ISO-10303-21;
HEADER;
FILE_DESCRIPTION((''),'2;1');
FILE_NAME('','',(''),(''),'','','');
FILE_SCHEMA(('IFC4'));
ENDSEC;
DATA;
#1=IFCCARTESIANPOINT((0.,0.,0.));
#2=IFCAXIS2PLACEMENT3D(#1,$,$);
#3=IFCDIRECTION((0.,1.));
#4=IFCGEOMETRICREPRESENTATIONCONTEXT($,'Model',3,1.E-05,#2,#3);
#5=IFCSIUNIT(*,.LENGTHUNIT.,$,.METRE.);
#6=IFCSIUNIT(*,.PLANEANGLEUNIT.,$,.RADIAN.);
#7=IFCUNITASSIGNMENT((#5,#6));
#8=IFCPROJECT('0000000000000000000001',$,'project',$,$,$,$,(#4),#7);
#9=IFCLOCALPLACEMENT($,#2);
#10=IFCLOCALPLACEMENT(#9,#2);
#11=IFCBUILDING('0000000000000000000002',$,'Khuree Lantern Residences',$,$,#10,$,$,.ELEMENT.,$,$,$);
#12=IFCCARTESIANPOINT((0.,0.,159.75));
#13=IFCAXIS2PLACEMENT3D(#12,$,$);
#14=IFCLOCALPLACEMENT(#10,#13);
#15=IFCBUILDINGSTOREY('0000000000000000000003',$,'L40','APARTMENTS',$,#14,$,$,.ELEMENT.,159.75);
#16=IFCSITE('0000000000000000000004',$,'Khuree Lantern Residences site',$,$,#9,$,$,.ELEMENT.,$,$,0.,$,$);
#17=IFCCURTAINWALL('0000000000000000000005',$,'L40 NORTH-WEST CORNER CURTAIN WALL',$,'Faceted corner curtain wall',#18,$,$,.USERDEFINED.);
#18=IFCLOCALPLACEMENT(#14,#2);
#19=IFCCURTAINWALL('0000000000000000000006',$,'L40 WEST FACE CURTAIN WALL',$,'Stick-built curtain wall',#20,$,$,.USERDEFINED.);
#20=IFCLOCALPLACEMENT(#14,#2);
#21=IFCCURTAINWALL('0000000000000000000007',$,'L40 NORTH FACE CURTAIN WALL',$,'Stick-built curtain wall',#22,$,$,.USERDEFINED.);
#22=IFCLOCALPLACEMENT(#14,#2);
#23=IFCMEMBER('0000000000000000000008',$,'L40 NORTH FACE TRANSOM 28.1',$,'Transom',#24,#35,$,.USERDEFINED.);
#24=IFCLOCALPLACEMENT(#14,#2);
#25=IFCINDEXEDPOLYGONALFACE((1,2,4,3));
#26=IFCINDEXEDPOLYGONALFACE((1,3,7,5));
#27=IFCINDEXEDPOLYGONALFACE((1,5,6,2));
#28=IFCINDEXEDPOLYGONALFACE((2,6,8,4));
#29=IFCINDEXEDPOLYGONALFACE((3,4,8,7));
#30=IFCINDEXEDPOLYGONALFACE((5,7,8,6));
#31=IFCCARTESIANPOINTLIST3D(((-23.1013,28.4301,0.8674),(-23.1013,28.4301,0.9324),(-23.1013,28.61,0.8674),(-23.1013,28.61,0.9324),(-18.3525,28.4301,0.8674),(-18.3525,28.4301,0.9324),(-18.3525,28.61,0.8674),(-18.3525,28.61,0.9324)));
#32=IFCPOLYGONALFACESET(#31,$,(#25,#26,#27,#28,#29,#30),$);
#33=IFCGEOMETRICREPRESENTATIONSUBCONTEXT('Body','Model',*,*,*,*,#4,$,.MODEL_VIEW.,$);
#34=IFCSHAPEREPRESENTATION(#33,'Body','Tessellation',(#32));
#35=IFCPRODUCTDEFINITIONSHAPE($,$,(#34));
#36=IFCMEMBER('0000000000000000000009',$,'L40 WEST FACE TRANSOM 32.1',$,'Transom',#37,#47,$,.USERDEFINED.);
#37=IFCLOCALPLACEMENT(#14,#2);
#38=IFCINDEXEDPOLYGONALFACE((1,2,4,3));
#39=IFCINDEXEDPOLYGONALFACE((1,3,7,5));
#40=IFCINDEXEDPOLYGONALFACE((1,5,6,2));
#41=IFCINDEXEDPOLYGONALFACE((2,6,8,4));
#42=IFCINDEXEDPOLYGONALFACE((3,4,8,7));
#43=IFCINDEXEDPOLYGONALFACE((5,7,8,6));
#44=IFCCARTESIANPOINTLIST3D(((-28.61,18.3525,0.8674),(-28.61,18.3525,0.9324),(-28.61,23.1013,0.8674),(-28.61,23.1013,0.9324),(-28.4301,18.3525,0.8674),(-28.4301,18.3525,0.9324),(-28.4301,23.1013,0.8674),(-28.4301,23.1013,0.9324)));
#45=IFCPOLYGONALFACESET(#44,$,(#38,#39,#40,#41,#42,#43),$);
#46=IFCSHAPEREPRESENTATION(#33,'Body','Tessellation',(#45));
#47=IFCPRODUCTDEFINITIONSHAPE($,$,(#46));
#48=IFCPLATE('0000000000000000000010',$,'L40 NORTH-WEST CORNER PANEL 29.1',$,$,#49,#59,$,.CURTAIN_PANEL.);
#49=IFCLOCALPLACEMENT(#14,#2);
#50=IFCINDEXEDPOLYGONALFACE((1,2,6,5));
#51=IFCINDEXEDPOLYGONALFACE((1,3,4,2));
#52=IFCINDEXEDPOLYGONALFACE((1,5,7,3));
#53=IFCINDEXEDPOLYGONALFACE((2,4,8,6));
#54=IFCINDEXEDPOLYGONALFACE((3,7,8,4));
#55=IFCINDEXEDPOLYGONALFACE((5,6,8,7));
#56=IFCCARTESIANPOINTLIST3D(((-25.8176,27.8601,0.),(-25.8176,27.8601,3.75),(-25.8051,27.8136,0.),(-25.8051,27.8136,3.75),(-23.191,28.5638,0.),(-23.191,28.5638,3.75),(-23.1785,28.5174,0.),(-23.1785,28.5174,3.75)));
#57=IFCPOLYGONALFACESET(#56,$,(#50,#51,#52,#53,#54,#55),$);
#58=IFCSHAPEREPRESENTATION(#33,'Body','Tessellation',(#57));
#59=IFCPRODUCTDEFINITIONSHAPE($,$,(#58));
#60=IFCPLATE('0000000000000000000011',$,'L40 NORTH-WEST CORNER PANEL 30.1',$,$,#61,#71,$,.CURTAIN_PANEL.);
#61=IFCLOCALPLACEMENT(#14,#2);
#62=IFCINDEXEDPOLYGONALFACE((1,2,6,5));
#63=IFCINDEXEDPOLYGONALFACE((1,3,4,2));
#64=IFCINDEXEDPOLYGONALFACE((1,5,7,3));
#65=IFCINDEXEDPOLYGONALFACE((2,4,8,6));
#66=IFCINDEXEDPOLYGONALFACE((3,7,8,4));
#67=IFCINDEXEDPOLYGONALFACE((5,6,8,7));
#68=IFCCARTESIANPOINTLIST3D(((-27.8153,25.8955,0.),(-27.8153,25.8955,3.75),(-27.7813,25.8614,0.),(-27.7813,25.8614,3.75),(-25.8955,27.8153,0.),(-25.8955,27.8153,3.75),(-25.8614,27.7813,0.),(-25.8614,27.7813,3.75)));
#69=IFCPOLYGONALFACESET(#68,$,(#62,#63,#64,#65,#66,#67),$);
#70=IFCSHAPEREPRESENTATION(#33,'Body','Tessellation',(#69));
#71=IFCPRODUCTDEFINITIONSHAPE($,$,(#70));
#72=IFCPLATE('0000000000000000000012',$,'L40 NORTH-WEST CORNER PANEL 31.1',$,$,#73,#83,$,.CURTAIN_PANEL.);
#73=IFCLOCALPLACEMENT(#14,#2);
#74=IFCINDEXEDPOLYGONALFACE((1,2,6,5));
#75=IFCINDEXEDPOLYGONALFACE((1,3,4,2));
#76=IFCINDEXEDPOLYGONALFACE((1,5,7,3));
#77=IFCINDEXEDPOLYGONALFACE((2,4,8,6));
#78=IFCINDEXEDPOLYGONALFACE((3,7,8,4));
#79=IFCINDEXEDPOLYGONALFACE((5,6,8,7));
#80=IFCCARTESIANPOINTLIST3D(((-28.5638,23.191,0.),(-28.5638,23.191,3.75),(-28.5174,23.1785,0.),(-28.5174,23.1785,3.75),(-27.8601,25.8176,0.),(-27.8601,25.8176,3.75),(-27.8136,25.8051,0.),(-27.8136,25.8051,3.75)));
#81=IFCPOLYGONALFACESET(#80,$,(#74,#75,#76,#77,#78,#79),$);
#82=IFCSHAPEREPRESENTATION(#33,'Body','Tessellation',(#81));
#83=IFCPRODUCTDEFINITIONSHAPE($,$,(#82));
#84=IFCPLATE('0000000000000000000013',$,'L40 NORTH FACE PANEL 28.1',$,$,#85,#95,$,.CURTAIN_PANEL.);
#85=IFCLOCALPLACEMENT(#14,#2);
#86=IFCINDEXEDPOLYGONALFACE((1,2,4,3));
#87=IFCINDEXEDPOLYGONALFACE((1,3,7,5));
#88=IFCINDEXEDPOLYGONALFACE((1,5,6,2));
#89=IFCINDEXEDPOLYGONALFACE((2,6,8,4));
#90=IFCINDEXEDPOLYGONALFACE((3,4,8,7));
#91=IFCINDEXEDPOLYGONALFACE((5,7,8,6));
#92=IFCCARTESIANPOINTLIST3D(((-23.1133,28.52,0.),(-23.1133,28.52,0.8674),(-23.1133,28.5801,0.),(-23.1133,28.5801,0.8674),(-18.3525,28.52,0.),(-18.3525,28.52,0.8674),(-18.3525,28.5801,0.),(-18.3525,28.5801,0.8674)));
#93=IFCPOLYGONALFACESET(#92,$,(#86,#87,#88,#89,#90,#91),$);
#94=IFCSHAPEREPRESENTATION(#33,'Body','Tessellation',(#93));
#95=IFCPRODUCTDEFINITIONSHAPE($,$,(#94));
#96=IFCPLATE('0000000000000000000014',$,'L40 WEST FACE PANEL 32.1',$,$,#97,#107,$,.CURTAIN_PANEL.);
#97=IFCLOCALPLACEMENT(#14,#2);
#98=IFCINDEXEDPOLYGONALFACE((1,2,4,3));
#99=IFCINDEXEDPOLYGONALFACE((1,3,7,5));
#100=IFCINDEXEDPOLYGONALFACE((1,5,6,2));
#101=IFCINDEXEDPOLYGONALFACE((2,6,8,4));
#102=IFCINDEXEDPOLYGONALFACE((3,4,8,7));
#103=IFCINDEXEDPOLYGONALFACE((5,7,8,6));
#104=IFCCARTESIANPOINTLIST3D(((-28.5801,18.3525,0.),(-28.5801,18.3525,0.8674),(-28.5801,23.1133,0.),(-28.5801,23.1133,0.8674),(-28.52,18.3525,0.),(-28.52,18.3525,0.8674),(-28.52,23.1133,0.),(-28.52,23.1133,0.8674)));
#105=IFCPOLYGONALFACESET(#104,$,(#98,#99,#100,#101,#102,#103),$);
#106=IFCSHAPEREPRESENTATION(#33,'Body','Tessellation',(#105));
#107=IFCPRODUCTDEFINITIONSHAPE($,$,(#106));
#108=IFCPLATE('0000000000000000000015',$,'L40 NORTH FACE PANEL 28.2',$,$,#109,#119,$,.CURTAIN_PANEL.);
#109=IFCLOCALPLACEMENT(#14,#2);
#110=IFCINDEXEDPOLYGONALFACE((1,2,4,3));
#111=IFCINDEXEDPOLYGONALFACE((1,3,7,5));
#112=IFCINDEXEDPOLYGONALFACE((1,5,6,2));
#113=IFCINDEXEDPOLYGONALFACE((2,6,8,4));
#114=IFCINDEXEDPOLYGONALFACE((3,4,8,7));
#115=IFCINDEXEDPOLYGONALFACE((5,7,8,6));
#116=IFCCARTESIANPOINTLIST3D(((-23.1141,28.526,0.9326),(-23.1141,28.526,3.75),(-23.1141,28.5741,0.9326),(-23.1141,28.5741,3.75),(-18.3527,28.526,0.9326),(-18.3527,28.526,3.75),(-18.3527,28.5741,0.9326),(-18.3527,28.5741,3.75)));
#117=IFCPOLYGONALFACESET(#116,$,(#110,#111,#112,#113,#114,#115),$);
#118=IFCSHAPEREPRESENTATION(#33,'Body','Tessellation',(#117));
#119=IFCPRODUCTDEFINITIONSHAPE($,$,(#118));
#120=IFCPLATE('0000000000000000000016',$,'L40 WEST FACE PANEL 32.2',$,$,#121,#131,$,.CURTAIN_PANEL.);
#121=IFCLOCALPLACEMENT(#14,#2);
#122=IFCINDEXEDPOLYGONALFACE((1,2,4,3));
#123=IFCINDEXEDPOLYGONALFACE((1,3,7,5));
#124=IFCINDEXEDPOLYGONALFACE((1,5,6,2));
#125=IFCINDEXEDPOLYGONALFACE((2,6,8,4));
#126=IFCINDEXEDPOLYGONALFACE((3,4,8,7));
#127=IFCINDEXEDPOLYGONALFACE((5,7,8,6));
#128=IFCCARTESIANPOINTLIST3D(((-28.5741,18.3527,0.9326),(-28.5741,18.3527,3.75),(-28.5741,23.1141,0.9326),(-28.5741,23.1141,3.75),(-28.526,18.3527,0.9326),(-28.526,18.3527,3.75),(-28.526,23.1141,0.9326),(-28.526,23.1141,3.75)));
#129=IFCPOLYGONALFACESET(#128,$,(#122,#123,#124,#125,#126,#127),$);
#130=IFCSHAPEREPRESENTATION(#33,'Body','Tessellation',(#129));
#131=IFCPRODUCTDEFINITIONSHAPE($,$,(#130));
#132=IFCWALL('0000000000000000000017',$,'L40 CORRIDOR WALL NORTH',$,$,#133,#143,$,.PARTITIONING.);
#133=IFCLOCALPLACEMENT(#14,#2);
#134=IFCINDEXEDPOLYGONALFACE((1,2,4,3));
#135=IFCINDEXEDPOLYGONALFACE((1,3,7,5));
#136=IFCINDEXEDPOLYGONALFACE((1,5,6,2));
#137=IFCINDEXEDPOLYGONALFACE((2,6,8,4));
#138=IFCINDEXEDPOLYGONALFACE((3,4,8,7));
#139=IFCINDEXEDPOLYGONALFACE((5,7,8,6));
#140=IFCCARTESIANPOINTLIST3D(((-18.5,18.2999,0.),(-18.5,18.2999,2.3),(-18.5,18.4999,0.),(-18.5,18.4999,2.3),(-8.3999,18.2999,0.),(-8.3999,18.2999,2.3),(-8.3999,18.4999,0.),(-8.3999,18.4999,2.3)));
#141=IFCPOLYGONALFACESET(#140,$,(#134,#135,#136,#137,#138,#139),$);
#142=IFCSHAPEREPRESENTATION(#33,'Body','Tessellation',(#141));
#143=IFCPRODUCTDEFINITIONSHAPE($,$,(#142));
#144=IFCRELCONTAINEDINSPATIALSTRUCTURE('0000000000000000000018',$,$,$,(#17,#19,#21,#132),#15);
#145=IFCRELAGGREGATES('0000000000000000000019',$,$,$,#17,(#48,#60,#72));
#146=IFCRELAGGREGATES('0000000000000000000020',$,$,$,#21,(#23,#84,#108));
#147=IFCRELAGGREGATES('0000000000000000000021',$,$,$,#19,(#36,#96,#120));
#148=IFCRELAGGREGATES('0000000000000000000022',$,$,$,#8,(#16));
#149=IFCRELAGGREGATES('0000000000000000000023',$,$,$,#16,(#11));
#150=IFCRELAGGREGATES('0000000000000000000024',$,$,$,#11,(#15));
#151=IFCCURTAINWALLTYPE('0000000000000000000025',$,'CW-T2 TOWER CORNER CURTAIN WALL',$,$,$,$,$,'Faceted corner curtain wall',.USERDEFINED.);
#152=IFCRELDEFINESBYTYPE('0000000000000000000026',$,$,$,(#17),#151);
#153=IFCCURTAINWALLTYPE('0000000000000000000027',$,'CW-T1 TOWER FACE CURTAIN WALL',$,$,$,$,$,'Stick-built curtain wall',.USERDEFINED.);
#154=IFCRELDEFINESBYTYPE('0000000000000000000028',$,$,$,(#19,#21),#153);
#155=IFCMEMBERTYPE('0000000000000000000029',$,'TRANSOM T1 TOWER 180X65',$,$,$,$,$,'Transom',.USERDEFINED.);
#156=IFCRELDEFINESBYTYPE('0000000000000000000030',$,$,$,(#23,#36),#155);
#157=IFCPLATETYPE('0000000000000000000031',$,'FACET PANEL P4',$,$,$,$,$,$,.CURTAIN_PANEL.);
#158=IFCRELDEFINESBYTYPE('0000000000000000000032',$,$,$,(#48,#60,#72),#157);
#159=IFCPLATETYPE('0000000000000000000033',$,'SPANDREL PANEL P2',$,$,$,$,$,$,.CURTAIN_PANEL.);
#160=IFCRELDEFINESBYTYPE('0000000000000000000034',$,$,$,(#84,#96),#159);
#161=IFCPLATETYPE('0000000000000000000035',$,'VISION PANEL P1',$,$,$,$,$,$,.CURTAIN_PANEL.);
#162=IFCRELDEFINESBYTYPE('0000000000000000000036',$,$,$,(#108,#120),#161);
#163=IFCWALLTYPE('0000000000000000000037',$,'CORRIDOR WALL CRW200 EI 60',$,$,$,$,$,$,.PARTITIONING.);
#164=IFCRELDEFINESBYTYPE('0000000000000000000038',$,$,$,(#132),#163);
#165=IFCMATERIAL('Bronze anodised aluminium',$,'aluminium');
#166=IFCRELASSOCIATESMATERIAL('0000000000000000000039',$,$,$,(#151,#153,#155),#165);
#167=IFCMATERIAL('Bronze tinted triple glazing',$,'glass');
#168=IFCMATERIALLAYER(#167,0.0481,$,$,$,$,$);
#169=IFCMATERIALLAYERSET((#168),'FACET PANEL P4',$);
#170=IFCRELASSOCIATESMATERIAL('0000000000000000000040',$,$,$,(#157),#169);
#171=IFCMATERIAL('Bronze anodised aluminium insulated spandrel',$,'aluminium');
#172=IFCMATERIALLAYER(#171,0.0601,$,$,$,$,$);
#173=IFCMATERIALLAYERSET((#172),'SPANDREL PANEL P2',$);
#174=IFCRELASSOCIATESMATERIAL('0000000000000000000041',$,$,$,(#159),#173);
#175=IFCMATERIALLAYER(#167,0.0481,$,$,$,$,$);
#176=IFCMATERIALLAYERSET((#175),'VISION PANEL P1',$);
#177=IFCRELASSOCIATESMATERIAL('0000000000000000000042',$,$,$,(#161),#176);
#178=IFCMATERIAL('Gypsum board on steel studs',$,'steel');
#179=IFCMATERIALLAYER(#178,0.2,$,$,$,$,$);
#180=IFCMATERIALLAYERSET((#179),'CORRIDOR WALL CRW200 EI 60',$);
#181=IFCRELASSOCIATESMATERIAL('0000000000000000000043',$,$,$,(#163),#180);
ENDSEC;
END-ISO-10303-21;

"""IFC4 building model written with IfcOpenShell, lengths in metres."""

from ifc_helpers import new_model, si_unit, direction, frame, frame_2d, origin, origin_2d, place, context, subcontext, project, spatial, rectangle, extrude, material, layer, layer_set, material_profile, profile_set, type_object, element, aggregate, save


model = new_model("IFC4")

# Units and contexts
model_context = context("Model", 3, precision=1e-05, world=origin(), true_north=direction((0.0, 1.0)))
body_context = subcontext(model_context, "Body", "Model", "MODEL_VIEW")
ifc_project = project(units=[si_unit("LENGTHUNIT", "METRE"), si_unit("PLANEANGLEUNIT", "RADIAN")], contexts=[model_context])

# Site, building, storey
site_placement = place(None, origin())
site = spatial("IfcSite", under=ifc_project, at=site_placement, Name="Khuree Lantern Residences site", CompositionType="ELEMENT", RefElevation=0.0)
building_placement = place(site_placement, origin())
building = spatial("IfcBuilding", under=site, at=building_placement, Name="Khuree Lantern Residences", CompositionType="ELEMENT")
storey_placement = place(building_placement, frame((0.0, 0.0, 159.75)))
storey = spatial("IfcBuildingStorey", under=building, at=storey_placement, Name="L40", Description="APARTMENTS", CompositionType="ELEMENT", Elevation=159.75)

# Curtain walls
ifc_material_1 = material(Name="Bronze anodised aluminium", Category="aluminium")
curtain_wall_type_1 = type_object("IfcCurtainWallType", Name="CW-T2 TOWER CORNER CURTAIN WALL", ElementType="Faceted corner curtain wall", PredefinedType="USERDEFINED", material=ifc_material_1)
curtain_wall_1_placement = place(storey_placement, origin())
curtain_wall_1 = element("IfcCurtainWall", 1, at=curtain_wall_1_placement, inside=storey, type_object=curtain_wall_type_1, Name="L40 NORTH-WEST CORNER CURTAIN WALL", ObjectType="Faceted corner curtain wall", PredefinedType="USERDEFINED")
curtain_wall_type_2 = type_object("IfcCurtainWallType", Name="CW-T1 TOWER FACE CURTAIN WALL", ElementType="Stick-built curtain wall", PredefinedType="USERDEFINED", material=ifc_material_1)
curtain_wall_2_placement = place(storey_placement, origin())
curtain_wall_2 = element("IfcCurtainWall", 2, at=curtain_wall_2_placement, inside=storey, type_object=curtain_wall_type_2, Name="L40 WEST FACE CURTAIN WALL", ObjectType="Stick-built curtain wall", PredefinedType="USERDEFINED")

# Curtain wall, member
curtain_wall_3_placement = place(storey_placement, origin())
curtain_wall_3 = element("IfcCurtainWall", 3, at=curtain_wall_3_placement, inside=storey, type_object=curtain_wall_type_2, Name="L40 NORTH FACE CURTAIN WALL", ObjectType="Stick-built curtain wall", PredefinedType="USERDEFINED")
ifc_material_profile_1 = material_profile(ifc_material_1, rectangle(XDim=0.1799, YDim=0.0649, at=origin_2d()), Name="T1 180X65")
ifc_profile_set_1 = profile_set([ifc_material_profile_1], Name="Bronze anodised aluminium")
member_type_1 = type_object("IfcMemberType", Name="TRANSOM T1 TOWER 180X65", ElementType="Transom", PredefinedType="USERDEFINED", material=ifc_profile_set_1)
member_1_placement = place(storey_placement, frame((-18.3525, 28.52, 0.8999), z_axis=(-1.0, 0.0, 0.0), x_axis=(0.0, -1.0, 0.0)))
member_1 = element("IfcMember", 4, at=member_1_placement, type_object=member_type_1, Name="L40 NORTH FACE TRANSOM 28.1", ObjectType="Transom", PredefinedType="USERDEFINED", context=body_context, shape_type="SweptSolid", body=[
    extrude(rectangle(XDim=0.1799, YDim=0.0649, at=origin_2d()), origin(), (0.0, 0.0, 1.0), 4.7488),
])

# Member
member_2_placement = place(storey_placement, frame((-28.52, 23.1013, 0.8999), z_axis=(0.0, -1.0, 0.0), x_axis=(1.0, 0.0, 0.0)))
member_2 = element("IfcMember", 5, at=member_2_placement, type_object=member_type_1, Name="L40 WEST FACE TRANSOM 32.1", ObjectType="Transom", PredefinedType="USERDEFINED", context=body_context, shape_type="SweptSolid", body=[
    extrude(rectangle(XDim=0.1799, YDim=0.0649, at=origin_2d()), origin(), (0.0, 0.0, 1.0), 4.7488),
])

# Plates
ifc_material_2 = material(Name="Bronze tinted triple glazing", Category="glass")
ifc_layer_1 = layer(ifc_material_2, 0.0481)
ifc_layer_set_1 = layer_set([ifc_layer_1], Name="FACET PANEL P4")
plate_type_1 = type_object("IfcPlateType", Name="FACET PANEL P4", PredefinedType="CURTAIN_PANEL", material=ifc_layer_set_1)
plate_1_placement = place(storey_placement, frame((-24.498, 28.1887, 0.0), z_axis=(0.0, 0.0, 1.0), x_axis=(-0.965926, -0.258819, 0.0)))
plate_1 = element("IfcPlate", 6, at=plate_1_placement, type_object=plate_type_1, Name="L40 NORTH-WEST CORNER PANEL 29.1", PredefinedType="CURTAIN_PANEL", context=body_context, shape_type="SweptSolid", body=[
    extrude(rectangle(XDim=2.7192, YDim=0.0481, at=origin_2d()), origin(), (0.0, 0.0, 1.0), 3.75),
])
plate_2_placement = place(storey_placement, frame((-26.8384, 26.8384, 0.0), z_axis=(0.0, 0.0, 1.0), x_axis=(-0.707107, -0.707107, 0.0)))
plate_2 = element("IfcPlate", 7, at=plate_2_placement, type_object=plate_type_1, Name="L40 NORTH-WEST CORNER PANEL 30.1", PredefinedType="CURTAIN_PANEL", context=body_context, shape_type="SweptSolid", body=[
    extrude(rectangle(XDim=2.7151, YDim=0.0481, at=origin_2d()), origin(), (0.0, 0.0, 1.0), 3.75),
])
plate_3_placement = place(storey_placement, frame((-28.1887, 24.498, 0.0), z_axis=(0.0, 0.0, 1.0), x_axis=(-0.258819, -0.965926, 0.0)))
plate_3 = element("IfcPlate", 8, at=plate_3_placement, type_object=plate_type_1, Name="L40 NORTH-WEST CORNER PANEL 31.1", PredefinedType="CURTAIN_PANEL", context=body_context, shape_type="SweptSolid", body=[
    extrude(rectangle(XDim=2.7192, YDim=0.0481, at=origin_2d()), origin(), (0.0, 0.0, 1.0), 3.75),
])
aggregate(curtain_wall_1, [plate_1, plate_2, plate_3])
ifc_material_3 = material(Name="Bronze anodised aluminium insulated spandrel", Category="aluminium")
ifc_layer_2 = layer(ifc_material_3, 0.0601)
ifc_layer_set_2 = layer_set([ifc_layer_2], Name="SPANDREL PANEL P2")
plate_type_2 = type_object("IfcPlateType", Name="SPANDREL PANEL P2", PredefinedType="CURTAIN_PANEL", material=ifc_layer_set_2)
plate_4_placement = place(storey_placement, frame((-20.7329, 28.55, 0.0), z_axis=(0.0, 0.0, 1.0), x_axis=(-1.0, 0.0, 0.0)))
plate_4 = element("IfcPlate", 9, at=plate_4_placement, type_object=plate_type_2, Name="L40 NORTH FACE PANEL 28.1", PredefinedType="CURTAIN_PANEL", context=body_context, shape_type="SweptSolid", body=[
    extrude(rectangle(XDim=4.7607, YDim=0.0601, at=origin_2d()), origin(), (0.0, 0.0, 1.0), 0.8674),
])
plate_5_placement = place(storey_placement, frame((-28.55, 20.7329, 0.0), z_axis=(0.0, 0.0, 1.0), x_axis=(0.0, -1.0, 0.0)))
plate_5 = element("IfcPlate", 10, at=plate_5_placement, type_object=plate_type_2, Name="L40 WEST FACE PANEL 32.1", PredefinedType="CURTAIN_PANEL", context=body_context, shape_type="SweptSolid", body=[
    extrude(rectangle(XDim=4.7607, YDim=0.0601, at=origin_2d()), origin(), (0.0, 0.0, 1.0), 0.8674),
])
ifc_layer_3 = layer(ifc_material_2, 0.0481)
ifc_layer_set_3 = layer_set([ifc_layer_3], Name="VISION PANEL P1")
plate_type_3 = type_object("IfcPlateType", Name="VISION PANEL P1", PredefinedType="CURTAIN_PANEL", material=ifc_layer_set_3)
plate_6_placement = place(storey_placement, frame((-20.7334, 28.55, 0.9326), z_axis=(0.0, 0.0, 1.0), x_axis=(-1.0, 0.0, 0.0)))
plate_6 = element("IfcPlate", 11, at=plate_6_placement, type_object=plate_type_3, Name="L40 NORTH FACE PANEL 28.2", PredefinedType="CURTAIN_PANEL", context=body_context, shape_type="SweptSolid", body=[
    extrude(rectangle(XDim=4.7615, YDim=0.0481, at=origin_2d()), origin(), (0.0, 0.0, 1.0), 2.8174),
])
aggregate(curtain_wall_3, [member_1, plate_4, plate_6])
plate_7_placement = place(storey_placement, frame((-28.55, 20.7334, 0.9326), z_axis=(0.0, 0.0, 1.0), x_axis=(0.0, -1.0, 0.0)))
plate_7 = element("IfcPlate", 12, at=plate_7_placement, type_object=plate_type_3, Name="L40 WEST FACE PANEL 32.2", PredefinedType="CURTAIN_PANEL", context=body_context, shape_type="SweptSolid", body=[
    extrude(rectangle(XDim=4.7615, YDim=0.0481, at=origin_2d()), origin(), (0.0, 0.0, 1.0), 2.8174),
])
aggregate(curtain_wall_2, [member_2, plate_5, plate_7])

# Wall
ifc_material_4 = material(Name="Gypsum board on steel studs", Category="steel")
ifc_layer_4 = layer(ifc_material_4, 0.2)
ifc_layer_set_4 = layer_set([ifc_layer_4], Name="CORRIDOR WALL CRW200 EI 60")
wall_type = type_object("IfcWallType", Name="CORRIDOR WALL CRW200 EI 60", PredefinedType="PARTITIONING", material=ifc_layer_set_4)
wall_placement = place(storey_placement, frame((-18.5, 18.3999, 0.0), z_axis=(0.0, 0.0, 1.0), x_axis=(1.0, 0.0, 0.0)))
element("IfcWall", 13, at=wall_placement, inside=storey, type_object=wall_type, Name="L40 CORRIDOR WALL NORTH", PredefinedType="PARTITIONING", context=body_context, shape_type="SweptSolid", body=[
    extrude(rectangle(XDim=10.1001, YDim=0.2, at=frame_2d((5.05, 0.0))), origin(), (0.0, 0.0, 1.0), 2.3),
])

save(model, "model.ifc")
